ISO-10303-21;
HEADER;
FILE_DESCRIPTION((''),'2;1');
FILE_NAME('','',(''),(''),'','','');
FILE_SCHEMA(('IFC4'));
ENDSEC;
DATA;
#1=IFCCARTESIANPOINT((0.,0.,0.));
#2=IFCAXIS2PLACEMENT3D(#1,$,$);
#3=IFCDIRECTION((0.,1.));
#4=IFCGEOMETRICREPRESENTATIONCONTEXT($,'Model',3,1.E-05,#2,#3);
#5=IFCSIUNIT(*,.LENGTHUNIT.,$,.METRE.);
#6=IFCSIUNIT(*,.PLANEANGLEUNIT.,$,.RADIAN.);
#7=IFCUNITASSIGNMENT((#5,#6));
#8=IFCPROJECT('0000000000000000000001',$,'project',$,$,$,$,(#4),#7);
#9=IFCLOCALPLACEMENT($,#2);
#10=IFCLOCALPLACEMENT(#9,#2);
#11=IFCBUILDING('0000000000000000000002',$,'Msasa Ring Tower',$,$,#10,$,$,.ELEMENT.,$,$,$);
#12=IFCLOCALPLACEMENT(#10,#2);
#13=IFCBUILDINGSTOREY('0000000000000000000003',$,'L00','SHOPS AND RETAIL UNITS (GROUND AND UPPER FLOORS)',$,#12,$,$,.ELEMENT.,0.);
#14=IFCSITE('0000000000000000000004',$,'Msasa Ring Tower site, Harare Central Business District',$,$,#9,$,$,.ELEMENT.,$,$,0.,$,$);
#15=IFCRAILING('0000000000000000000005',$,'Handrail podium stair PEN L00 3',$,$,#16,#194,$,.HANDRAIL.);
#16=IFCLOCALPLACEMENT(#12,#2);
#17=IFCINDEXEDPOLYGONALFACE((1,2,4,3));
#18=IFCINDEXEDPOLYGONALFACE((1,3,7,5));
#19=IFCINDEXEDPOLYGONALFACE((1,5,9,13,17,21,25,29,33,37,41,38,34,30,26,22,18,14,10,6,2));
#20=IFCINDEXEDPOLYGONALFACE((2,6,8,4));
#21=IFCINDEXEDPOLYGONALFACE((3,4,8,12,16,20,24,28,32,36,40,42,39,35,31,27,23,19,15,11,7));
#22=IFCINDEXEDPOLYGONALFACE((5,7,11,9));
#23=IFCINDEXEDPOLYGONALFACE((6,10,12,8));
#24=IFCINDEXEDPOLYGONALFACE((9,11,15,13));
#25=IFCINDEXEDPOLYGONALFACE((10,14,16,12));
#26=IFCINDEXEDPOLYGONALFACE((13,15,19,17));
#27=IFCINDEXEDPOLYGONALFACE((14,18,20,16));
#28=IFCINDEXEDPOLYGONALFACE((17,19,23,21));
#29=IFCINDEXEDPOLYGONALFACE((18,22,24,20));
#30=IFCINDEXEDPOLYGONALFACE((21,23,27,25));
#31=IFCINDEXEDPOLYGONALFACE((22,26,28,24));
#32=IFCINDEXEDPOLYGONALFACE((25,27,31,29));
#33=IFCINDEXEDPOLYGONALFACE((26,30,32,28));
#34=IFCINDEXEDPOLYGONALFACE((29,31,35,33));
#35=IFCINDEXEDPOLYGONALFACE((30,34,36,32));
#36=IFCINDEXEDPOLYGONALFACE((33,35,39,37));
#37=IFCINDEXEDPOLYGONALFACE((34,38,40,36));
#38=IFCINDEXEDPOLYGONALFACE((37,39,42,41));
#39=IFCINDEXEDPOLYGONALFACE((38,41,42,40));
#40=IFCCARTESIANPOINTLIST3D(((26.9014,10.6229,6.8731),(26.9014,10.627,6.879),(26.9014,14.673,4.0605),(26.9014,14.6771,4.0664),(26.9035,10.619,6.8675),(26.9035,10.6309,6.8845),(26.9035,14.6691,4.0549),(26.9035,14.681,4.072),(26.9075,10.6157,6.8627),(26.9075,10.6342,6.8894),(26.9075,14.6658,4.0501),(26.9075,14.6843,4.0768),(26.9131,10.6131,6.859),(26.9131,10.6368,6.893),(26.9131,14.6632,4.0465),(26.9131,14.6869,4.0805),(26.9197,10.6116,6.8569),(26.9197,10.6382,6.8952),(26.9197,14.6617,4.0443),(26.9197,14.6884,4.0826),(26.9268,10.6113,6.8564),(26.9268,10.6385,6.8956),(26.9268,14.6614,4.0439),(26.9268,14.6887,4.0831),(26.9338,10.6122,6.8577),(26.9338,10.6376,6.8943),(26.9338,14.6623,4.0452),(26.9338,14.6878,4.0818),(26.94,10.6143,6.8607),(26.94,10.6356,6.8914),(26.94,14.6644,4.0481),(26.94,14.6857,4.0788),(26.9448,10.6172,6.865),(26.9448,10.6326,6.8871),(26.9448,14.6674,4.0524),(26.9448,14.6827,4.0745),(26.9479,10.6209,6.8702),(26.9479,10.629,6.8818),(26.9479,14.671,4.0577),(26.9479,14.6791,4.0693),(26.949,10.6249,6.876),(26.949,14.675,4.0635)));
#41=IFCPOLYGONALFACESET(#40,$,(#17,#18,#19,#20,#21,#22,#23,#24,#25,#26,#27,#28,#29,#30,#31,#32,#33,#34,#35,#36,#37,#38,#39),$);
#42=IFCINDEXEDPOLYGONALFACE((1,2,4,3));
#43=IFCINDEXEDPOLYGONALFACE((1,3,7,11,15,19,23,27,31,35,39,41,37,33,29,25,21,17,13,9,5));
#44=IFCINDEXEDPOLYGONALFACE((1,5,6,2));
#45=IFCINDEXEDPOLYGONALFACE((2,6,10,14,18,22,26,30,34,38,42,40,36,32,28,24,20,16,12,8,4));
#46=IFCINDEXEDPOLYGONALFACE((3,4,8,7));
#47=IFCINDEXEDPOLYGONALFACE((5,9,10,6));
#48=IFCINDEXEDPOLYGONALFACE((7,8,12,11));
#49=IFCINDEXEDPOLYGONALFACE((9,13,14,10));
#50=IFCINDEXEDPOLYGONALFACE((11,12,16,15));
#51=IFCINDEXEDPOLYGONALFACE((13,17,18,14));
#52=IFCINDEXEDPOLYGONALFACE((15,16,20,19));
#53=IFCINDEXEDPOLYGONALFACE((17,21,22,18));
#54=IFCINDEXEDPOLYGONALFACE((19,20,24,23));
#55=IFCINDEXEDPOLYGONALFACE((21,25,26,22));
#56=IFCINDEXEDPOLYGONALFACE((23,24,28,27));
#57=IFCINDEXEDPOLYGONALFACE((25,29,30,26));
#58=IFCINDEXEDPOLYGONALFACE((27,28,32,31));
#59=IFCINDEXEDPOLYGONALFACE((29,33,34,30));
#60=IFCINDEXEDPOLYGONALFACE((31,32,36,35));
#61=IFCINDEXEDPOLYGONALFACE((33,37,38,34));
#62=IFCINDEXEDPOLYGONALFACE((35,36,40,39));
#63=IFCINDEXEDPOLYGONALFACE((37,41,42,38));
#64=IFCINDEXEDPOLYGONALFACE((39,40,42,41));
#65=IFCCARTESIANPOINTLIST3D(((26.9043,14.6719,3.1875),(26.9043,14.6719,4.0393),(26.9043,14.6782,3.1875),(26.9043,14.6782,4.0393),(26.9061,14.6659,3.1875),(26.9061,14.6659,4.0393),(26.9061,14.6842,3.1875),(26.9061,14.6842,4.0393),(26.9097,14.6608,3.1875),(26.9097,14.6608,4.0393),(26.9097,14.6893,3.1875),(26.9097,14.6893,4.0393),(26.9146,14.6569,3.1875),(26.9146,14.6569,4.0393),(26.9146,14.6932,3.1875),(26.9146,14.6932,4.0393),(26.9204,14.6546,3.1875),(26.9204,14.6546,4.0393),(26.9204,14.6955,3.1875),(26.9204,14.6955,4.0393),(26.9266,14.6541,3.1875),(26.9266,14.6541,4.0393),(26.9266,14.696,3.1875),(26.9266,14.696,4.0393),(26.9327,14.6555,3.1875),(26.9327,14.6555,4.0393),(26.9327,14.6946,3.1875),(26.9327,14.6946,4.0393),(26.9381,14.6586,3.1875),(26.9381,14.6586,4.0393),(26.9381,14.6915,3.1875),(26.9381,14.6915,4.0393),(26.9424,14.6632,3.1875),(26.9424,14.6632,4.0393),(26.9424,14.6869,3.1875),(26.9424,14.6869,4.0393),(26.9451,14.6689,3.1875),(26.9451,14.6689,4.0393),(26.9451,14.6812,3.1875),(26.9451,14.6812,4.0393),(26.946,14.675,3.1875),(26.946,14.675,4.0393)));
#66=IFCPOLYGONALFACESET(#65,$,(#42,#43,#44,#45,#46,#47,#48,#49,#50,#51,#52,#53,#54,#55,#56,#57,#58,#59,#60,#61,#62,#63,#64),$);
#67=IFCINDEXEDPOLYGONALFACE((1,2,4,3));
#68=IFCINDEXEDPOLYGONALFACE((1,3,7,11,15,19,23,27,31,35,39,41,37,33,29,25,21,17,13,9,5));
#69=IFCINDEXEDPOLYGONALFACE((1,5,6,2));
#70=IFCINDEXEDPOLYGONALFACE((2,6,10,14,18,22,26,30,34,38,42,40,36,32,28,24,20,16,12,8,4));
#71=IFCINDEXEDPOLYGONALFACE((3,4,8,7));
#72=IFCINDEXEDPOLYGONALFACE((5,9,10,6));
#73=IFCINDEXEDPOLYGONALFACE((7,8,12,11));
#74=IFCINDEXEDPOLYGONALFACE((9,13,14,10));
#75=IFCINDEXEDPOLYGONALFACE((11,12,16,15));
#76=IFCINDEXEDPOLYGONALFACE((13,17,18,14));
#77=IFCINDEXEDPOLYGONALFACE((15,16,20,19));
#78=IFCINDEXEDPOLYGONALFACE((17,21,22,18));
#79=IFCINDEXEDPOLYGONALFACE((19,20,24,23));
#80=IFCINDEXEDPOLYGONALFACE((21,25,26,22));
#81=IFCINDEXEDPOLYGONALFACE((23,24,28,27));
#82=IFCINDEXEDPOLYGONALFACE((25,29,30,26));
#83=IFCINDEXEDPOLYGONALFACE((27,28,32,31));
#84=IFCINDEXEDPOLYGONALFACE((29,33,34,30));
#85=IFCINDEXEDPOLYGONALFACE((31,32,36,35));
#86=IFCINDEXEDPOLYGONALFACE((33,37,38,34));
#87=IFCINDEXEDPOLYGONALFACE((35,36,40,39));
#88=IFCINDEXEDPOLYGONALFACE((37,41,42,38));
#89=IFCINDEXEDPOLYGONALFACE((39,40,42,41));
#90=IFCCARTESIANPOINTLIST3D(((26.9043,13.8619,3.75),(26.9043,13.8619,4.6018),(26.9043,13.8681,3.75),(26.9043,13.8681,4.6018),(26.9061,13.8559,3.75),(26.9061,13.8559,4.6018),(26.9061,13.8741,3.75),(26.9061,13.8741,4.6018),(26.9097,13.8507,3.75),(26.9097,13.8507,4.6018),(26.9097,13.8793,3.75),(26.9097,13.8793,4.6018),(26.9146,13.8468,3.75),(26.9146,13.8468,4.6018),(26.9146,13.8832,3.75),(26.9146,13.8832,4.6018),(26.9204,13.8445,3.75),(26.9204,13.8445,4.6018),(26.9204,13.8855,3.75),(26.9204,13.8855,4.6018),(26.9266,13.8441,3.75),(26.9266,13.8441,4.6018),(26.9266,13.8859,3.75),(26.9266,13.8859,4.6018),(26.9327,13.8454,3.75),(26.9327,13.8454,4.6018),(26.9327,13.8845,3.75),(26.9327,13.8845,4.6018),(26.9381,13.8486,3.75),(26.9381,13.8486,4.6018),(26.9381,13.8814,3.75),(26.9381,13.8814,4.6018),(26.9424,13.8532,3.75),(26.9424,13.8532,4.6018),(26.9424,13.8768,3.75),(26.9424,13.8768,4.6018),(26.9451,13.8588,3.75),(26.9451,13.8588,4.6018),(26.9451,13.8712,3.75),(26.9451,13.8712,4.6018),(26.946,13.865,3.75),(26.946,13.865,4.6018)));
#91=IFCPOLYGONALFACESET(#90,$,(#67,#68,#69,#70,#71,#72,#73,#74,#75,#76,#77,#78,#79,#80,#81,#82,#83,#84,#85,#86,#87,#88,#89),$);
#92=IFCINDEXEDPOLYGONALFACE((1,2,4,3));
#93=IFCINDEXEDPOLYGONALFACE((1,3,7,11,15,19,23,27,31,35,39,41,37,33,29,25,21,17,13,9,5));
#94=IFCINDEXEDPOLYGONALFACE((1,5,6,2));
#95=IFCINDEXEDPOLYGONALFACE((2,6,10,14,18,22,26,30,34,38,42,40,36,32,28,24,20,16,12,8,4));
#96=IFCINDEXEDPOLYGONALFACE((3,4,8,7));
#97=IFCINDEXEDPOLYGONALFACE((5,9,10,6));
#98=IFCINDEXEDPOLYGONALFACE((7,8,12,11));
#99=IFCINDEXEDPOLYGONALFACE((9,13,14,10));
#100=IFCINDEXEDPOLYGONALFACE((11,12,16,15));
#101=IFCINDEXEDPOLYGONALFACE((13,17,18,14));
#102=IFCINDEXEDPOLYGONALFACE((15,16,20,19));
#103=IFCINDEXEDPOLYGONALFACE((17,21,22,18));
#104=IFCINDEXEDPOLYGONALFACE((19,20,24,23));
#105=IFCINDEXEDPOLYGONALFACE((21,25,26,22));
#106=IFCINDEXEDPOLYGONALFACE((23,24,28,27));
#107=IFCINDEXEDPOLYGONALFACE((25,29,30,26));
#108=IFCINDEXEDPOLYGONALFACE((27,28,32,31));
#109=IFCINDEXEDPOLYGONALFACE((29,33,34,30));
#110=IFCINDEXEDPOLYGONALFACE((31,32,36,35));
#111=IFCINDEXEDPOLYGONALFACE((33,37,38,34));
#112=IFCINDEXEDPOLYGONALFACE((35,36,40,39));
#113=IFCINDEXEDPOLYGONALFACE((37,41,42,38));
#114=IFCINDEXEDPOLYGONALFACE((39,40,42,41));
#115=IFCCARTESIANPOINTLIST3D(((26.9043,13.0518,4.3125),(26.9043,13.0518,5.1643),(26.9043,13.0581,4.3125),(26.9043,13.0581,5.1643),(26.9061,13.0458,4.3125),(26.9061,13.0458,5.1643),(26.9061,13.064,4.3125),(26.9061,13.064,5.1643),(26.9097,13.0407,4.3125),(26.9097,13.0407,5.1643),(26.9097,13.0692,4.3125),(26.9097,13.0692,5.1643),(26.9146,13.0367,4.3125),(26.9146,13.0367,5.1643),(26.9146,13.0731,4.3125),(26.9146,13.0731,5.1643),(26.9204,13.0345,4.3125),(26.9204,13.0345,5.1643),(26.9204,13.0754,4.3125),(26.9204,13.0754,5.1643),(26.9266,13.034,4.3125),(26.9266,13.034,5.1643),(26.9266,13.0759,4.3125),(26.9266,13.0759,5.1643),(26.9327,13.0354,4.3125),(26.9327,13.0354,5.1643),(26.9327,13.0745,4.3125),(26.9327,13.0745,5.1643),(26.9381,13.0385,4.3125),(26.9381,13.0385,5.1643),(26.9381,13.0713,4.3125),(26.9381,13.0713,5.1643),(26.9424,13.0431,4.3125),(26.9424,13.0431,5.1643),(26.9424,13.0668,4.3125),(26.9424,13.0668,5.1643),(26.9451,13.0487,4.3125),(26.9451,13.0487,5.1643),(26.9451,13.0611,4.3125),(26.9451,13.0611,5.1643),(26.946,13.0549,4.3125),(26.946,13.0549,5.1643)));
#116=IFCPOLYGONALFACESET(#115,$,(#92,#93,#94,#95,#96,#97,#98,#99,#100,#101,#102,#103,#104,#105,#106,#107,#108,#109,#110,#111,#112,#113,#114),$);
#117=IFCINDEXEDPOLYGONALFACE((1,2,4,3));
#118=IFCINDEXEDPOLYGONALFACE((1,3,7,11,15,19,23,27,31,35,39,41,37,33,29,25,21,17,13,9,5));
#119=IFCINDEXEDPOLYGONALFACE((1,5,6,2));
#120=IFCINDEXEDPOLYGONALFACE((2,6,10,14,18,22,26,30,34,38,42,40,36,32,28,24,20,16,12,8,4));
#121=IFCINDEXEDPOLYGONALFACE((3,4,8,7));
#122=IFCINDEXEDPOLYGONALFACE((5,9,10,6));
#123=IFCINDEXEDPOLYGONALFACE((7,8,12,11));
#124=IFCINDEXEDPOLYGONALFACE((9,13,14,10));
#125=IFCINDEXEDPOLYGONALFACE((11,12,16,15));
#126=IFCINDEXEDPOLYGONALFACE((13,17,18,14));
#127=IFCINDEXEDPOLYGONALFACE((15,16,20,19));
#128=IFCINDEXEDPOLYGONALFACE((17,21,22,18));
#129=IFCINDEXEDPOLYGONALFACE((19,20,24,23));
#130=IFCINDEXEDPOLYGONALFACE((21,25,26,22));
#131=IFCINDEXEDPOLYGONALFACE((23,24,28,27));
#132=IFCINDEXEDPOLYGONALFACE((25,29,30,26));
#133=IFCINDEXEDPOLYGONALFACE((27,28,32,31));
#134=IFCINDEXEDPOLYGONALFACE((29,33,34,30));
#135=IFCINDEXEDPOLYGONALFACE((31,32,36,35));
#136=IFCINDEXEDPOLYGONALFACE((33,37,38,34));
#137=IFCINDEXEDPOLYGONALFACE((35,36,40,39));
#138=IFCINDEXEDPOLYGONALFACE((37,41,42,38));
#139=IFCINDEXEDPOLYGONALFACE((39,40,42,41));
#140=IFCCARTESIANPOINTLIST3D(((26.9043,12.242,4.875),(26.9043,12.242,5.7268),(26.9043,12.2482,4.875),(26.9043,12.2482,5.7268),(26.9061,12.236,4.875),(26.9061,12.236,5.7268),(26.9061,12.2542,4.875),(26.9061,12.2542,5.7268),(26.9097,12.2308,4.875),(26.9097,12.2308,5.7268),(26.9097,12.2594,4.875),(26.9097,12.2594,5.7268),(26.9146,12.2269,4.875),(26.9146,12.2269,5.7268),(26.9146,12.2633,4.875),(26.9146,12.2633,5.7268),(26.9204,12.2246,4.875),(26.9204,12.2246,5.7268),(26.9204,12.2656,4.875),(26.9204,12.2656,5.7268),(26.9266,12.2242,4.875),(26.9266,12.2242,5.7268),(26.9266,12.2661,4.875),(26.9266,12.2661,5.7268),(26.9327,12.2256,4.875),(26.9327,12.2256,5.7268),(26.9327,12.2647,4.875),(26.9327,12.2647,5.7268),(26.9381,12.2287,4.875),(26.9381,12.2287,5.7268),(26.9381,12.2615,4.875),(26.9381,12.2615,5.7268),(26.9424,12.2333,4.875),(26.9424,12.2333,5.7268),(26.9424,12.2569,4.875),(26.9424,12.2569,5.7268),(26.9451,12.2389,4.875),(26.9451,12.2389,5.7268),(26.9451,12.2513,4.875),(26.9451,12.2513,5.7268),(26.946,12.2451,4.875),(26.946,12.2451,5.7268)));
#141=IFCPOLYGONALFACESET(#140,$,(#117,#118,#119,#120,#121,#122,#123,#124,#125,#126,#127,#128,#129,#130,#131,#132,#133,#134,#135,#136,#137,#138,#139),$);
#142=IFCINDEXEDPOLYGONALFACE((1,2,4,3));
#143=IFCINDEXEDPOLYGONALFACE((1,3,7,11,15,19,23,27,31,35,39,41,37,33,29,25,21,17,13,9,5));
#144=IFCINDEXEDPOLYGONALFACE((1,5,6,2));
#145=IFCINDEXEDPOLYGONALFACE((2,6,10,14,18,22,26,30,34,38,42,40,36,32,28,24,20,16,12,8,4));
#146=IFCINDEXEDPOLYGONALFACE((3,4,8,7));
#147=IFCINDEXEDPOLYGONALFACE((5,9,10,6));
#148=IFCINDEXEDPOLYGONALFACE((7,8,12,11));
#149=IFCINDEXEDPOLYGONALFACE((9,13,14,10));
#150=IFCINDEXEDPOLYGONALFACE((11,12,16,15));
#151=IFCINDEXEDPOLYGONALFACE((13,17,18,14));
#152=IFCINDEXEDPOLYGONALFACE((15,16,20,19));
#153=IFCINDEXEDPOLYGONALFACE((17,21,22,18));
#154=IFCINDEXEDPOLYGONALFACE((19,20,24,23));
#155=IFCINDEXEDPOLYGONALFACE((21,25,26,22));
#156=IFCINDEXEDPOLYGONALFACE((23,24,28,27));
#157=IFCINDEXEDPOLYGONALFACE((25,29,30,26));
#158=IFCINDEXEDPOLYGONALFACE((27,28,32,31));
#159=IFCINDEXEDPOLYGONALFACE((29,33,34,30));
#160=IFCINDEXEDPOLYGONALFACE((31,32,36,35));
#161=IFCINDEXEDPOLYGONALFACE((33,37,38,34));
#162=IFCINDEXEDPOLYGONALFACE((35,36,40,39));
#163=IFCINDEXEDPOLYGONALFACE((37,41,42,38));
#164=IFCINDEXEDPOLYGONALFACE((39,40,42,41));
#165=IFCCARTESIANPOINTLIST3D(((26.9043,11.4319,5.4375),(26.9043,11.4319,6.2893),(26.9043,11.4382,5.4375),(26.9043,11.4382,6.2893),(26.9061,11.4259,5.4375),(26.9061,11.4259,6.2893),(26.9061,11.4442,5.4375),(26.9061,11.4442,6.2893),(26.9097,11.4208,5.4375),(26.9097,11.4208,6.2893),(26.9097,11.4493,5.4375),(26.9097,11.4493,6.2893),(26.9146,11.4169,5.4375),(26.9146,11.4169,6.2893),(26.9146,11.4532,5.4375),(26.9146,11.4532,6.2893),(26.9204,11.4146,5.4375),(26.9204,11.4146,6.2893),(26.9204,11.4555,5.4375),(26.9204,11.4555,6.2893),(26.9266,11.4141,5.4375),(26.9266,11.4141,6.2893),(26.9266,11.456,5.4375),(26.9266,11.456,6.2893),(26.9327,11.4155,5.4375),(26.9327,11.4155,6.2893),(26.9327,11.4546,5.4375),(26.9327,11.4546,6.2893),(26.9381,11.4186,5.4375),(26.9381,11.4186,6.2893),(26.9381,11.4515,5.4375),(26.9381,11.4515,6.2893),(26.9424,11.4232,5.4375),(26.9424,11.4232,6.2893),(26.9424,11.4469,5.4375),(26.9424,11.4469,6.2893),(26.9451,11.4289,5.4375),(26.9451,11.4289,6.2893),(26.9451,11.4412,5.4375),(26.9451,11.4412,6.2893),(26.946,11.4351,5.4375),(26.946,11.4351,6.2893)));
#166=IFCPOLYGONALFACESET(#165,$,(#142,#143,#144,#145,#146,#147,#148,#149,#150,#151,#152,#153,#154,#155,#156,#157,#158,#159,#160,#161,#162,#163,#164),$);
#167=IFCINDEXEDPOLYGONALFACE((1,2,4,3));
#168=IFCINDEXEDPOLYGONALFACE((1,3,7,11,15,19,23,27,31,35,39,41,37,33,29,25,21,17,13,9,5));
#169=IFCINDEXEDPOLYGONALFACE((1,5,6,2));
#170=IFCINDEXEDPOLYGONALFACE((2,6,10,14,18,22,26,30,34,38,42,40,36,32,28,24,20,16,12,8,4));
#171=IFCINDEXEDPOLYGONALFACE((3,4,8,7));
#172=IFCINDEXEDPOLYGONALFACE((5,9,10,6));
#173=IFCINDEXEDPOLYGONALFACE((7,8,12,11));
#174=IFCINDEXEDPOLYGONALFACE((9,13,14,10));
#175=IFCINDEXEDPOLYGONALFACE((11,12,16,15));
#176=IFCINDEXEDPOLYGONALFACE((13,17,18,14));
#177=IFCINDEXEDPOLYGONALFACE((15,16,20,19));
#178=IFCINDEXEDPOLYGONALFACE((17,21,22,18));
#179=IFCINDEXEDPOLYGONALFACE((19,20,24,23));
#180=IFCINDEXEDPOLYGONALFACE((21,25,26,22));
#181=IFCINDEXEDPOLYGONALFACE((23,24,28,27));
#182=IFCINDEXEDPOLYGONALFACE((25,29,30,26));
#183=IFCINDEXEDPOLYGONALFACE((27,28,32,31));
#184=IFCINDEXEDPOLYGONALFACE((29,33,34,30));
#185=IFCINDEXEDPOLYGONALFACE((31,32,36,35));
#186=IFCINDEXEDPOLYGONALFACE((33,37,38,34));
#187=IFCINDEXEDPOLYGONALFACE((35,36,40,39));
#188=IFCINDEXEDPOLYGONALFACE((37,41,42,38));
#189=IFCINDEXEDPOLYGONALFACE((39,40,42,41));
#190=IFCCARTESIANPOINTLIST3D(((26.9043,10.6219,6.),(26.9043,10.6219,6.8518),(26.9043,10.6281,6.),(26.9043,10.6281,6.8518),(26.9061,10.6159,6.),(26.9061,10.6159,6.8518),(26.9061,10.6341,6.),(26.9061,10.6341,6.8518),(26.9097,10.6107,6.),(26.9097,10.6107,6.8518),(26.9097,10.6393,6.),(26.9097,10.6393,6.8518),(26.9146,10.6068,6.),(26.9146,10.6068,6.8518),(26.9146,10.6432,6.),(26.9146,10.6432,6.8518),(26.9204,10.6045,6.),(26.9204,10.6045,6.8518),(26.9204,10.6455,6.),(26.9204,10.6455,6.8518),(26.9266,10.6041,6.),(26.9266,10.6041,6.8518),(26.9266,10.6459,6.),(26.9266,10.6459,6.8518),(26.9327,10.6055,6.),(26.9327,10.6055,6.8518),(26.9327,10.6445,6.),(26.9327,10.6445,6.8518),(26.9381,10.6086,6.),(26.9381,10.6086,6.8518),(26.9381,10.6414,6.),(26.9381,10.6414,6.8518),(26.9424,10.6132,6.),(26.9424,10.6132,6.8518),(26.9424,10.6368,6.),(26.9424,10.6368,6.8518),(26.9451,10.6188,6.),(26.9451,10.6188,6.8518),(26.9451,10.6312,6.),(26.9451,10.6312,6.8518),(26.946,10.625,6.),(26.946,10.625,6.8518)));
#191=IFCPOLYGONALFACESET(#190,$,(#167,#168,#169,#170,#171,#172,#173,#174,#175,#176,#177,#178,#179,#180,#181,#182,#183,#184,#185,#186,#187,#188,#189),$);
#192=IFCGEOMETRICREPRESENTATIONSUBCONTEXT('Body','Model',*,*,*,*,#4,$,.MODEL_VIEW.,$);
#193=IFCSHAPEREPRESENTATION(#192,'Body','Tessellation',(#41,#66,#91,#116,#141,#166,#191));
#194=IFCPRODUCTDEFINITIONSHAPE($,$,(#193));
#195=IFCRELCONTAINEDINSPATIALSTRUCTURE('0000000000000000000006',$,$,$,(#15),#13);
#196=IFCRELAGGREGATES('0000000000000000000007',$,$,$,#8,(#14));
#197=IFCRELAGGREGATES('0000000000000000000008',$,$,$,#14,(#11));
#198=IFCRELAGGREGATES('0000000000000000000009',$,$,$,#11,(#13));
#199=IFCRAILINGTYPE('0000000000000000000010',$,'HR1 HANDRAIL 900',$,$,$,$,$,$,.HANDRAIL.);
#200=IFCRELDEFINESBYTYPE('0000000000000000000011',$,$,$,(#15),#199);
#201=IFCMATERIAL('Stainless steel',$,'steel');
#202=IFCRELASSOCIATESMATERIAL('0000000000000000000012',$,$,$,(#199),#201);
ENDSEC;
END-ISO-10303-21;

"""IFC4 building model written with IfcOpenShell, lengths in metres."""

from ifc_helpers import new_model, si_unit, direction, frame, origin, origin_2d, place, context, subcontext, project, spatial, circle, extrude, material, type_object, element, save


model = new_model("IFC4")

# Units and contexts
model_context = context("Model", 3, precision=1e-05, world=origin(), true_north=direction((0.0, 1.0)))
body_context = subcontext(model_context, "Body", "Model", "MODEL_VIEW")
ifc_project = project(units=[si_unit("LENGTHUNIT", "METRE"), si_unit("PLANEANGLEUNIT", "RADIAN")], contexts=[model_context])

# Site, building, storey
site_placement = place(None, origin())
site = spatial("IfcSite", under=ifc_project, at=site_placement, Name="Msasa Ring Tower site, Harare Central Business District", CompositionType="ELEMENT", RefElevation=0.0)
building_placement = place(site_placement, origin())
building = spatial("IfcBuilding", under=site, at=building_placement, Name="Msasa Ring Tower", CompositionType="ELEMENT")
storey_placement = place(building_placement, origin())
storey = spatial("IfcBuildingStorey", under=building, at=storey_placement, Name="L00", Description="SHOPS AND RETAIL UNITS (GROUND AND UPPER FLOORS)", CompositionType="ELEMENT", Elevation=0.0)

# Railing
ifc_material_1 = material(Name="Stainless steel", Category="steel")
railing_type = type_object("IfcRailingType", Name="HR1 HANDRAIL 900", PredefinedType="HANDRAIL", material=ifc_material_1)
for number, where, name in (
    (1, (26.925, 14.675, 3.1875), "Handrail podium stair PEN L00 3"),
):
    element("IfcRailing", number, at=place(storey_placement, frame(where)), inside=storey, type_object=railing_type, Name=name, PredefinedType="HANDRAIL", context=body_context, shape_type="SweptSolid", body=[
        extrude(circle(Radius=0.0239, at=origin_2d()), frame((0.0, 0.0, 0.876), z_axis=(0.0, -0.821373, 0.570391), x_axis=(1.0, 0.0, 0.0)), (0.0, 0.0, 1.0), 4.9309),
        extrude(circle(Radius=0.021, at=origin_2d()), origin(), (0.0, 0.0, 1.0), 0.8518),
        extrude(circle(Radius=0.021, at=origin_2d()), frame((0.0, -0.8101, 0.5625)), (0.0, 0.0, 1.0), 0.8518),
        extrude(circle(Radius=0.021, at=origin_2d()), frame((0.0, -1.6201, 1.125)), (0.0, 0.0, 1.0), 0.8518),
        extrude(circle(Radius=0.021, at=origin_2d()), frame((0.0, -2.4299, 1.6875)), (0.0, 0.0, 1.0), 0.8518),
        extrude(circle(Radius=0.021, at=origin_2d()), frame((0.0, -3.24, 2.25)), (0.0, 0.0, 1.0), 0.8518),
        extrude(circle(Radius=0.021, at=origin_2d()), frame((0.0, -4.05, 2.8125)), (0.0, 0.0, 1.0), 0.8518),
    ])

save(model, "model.ifc")
